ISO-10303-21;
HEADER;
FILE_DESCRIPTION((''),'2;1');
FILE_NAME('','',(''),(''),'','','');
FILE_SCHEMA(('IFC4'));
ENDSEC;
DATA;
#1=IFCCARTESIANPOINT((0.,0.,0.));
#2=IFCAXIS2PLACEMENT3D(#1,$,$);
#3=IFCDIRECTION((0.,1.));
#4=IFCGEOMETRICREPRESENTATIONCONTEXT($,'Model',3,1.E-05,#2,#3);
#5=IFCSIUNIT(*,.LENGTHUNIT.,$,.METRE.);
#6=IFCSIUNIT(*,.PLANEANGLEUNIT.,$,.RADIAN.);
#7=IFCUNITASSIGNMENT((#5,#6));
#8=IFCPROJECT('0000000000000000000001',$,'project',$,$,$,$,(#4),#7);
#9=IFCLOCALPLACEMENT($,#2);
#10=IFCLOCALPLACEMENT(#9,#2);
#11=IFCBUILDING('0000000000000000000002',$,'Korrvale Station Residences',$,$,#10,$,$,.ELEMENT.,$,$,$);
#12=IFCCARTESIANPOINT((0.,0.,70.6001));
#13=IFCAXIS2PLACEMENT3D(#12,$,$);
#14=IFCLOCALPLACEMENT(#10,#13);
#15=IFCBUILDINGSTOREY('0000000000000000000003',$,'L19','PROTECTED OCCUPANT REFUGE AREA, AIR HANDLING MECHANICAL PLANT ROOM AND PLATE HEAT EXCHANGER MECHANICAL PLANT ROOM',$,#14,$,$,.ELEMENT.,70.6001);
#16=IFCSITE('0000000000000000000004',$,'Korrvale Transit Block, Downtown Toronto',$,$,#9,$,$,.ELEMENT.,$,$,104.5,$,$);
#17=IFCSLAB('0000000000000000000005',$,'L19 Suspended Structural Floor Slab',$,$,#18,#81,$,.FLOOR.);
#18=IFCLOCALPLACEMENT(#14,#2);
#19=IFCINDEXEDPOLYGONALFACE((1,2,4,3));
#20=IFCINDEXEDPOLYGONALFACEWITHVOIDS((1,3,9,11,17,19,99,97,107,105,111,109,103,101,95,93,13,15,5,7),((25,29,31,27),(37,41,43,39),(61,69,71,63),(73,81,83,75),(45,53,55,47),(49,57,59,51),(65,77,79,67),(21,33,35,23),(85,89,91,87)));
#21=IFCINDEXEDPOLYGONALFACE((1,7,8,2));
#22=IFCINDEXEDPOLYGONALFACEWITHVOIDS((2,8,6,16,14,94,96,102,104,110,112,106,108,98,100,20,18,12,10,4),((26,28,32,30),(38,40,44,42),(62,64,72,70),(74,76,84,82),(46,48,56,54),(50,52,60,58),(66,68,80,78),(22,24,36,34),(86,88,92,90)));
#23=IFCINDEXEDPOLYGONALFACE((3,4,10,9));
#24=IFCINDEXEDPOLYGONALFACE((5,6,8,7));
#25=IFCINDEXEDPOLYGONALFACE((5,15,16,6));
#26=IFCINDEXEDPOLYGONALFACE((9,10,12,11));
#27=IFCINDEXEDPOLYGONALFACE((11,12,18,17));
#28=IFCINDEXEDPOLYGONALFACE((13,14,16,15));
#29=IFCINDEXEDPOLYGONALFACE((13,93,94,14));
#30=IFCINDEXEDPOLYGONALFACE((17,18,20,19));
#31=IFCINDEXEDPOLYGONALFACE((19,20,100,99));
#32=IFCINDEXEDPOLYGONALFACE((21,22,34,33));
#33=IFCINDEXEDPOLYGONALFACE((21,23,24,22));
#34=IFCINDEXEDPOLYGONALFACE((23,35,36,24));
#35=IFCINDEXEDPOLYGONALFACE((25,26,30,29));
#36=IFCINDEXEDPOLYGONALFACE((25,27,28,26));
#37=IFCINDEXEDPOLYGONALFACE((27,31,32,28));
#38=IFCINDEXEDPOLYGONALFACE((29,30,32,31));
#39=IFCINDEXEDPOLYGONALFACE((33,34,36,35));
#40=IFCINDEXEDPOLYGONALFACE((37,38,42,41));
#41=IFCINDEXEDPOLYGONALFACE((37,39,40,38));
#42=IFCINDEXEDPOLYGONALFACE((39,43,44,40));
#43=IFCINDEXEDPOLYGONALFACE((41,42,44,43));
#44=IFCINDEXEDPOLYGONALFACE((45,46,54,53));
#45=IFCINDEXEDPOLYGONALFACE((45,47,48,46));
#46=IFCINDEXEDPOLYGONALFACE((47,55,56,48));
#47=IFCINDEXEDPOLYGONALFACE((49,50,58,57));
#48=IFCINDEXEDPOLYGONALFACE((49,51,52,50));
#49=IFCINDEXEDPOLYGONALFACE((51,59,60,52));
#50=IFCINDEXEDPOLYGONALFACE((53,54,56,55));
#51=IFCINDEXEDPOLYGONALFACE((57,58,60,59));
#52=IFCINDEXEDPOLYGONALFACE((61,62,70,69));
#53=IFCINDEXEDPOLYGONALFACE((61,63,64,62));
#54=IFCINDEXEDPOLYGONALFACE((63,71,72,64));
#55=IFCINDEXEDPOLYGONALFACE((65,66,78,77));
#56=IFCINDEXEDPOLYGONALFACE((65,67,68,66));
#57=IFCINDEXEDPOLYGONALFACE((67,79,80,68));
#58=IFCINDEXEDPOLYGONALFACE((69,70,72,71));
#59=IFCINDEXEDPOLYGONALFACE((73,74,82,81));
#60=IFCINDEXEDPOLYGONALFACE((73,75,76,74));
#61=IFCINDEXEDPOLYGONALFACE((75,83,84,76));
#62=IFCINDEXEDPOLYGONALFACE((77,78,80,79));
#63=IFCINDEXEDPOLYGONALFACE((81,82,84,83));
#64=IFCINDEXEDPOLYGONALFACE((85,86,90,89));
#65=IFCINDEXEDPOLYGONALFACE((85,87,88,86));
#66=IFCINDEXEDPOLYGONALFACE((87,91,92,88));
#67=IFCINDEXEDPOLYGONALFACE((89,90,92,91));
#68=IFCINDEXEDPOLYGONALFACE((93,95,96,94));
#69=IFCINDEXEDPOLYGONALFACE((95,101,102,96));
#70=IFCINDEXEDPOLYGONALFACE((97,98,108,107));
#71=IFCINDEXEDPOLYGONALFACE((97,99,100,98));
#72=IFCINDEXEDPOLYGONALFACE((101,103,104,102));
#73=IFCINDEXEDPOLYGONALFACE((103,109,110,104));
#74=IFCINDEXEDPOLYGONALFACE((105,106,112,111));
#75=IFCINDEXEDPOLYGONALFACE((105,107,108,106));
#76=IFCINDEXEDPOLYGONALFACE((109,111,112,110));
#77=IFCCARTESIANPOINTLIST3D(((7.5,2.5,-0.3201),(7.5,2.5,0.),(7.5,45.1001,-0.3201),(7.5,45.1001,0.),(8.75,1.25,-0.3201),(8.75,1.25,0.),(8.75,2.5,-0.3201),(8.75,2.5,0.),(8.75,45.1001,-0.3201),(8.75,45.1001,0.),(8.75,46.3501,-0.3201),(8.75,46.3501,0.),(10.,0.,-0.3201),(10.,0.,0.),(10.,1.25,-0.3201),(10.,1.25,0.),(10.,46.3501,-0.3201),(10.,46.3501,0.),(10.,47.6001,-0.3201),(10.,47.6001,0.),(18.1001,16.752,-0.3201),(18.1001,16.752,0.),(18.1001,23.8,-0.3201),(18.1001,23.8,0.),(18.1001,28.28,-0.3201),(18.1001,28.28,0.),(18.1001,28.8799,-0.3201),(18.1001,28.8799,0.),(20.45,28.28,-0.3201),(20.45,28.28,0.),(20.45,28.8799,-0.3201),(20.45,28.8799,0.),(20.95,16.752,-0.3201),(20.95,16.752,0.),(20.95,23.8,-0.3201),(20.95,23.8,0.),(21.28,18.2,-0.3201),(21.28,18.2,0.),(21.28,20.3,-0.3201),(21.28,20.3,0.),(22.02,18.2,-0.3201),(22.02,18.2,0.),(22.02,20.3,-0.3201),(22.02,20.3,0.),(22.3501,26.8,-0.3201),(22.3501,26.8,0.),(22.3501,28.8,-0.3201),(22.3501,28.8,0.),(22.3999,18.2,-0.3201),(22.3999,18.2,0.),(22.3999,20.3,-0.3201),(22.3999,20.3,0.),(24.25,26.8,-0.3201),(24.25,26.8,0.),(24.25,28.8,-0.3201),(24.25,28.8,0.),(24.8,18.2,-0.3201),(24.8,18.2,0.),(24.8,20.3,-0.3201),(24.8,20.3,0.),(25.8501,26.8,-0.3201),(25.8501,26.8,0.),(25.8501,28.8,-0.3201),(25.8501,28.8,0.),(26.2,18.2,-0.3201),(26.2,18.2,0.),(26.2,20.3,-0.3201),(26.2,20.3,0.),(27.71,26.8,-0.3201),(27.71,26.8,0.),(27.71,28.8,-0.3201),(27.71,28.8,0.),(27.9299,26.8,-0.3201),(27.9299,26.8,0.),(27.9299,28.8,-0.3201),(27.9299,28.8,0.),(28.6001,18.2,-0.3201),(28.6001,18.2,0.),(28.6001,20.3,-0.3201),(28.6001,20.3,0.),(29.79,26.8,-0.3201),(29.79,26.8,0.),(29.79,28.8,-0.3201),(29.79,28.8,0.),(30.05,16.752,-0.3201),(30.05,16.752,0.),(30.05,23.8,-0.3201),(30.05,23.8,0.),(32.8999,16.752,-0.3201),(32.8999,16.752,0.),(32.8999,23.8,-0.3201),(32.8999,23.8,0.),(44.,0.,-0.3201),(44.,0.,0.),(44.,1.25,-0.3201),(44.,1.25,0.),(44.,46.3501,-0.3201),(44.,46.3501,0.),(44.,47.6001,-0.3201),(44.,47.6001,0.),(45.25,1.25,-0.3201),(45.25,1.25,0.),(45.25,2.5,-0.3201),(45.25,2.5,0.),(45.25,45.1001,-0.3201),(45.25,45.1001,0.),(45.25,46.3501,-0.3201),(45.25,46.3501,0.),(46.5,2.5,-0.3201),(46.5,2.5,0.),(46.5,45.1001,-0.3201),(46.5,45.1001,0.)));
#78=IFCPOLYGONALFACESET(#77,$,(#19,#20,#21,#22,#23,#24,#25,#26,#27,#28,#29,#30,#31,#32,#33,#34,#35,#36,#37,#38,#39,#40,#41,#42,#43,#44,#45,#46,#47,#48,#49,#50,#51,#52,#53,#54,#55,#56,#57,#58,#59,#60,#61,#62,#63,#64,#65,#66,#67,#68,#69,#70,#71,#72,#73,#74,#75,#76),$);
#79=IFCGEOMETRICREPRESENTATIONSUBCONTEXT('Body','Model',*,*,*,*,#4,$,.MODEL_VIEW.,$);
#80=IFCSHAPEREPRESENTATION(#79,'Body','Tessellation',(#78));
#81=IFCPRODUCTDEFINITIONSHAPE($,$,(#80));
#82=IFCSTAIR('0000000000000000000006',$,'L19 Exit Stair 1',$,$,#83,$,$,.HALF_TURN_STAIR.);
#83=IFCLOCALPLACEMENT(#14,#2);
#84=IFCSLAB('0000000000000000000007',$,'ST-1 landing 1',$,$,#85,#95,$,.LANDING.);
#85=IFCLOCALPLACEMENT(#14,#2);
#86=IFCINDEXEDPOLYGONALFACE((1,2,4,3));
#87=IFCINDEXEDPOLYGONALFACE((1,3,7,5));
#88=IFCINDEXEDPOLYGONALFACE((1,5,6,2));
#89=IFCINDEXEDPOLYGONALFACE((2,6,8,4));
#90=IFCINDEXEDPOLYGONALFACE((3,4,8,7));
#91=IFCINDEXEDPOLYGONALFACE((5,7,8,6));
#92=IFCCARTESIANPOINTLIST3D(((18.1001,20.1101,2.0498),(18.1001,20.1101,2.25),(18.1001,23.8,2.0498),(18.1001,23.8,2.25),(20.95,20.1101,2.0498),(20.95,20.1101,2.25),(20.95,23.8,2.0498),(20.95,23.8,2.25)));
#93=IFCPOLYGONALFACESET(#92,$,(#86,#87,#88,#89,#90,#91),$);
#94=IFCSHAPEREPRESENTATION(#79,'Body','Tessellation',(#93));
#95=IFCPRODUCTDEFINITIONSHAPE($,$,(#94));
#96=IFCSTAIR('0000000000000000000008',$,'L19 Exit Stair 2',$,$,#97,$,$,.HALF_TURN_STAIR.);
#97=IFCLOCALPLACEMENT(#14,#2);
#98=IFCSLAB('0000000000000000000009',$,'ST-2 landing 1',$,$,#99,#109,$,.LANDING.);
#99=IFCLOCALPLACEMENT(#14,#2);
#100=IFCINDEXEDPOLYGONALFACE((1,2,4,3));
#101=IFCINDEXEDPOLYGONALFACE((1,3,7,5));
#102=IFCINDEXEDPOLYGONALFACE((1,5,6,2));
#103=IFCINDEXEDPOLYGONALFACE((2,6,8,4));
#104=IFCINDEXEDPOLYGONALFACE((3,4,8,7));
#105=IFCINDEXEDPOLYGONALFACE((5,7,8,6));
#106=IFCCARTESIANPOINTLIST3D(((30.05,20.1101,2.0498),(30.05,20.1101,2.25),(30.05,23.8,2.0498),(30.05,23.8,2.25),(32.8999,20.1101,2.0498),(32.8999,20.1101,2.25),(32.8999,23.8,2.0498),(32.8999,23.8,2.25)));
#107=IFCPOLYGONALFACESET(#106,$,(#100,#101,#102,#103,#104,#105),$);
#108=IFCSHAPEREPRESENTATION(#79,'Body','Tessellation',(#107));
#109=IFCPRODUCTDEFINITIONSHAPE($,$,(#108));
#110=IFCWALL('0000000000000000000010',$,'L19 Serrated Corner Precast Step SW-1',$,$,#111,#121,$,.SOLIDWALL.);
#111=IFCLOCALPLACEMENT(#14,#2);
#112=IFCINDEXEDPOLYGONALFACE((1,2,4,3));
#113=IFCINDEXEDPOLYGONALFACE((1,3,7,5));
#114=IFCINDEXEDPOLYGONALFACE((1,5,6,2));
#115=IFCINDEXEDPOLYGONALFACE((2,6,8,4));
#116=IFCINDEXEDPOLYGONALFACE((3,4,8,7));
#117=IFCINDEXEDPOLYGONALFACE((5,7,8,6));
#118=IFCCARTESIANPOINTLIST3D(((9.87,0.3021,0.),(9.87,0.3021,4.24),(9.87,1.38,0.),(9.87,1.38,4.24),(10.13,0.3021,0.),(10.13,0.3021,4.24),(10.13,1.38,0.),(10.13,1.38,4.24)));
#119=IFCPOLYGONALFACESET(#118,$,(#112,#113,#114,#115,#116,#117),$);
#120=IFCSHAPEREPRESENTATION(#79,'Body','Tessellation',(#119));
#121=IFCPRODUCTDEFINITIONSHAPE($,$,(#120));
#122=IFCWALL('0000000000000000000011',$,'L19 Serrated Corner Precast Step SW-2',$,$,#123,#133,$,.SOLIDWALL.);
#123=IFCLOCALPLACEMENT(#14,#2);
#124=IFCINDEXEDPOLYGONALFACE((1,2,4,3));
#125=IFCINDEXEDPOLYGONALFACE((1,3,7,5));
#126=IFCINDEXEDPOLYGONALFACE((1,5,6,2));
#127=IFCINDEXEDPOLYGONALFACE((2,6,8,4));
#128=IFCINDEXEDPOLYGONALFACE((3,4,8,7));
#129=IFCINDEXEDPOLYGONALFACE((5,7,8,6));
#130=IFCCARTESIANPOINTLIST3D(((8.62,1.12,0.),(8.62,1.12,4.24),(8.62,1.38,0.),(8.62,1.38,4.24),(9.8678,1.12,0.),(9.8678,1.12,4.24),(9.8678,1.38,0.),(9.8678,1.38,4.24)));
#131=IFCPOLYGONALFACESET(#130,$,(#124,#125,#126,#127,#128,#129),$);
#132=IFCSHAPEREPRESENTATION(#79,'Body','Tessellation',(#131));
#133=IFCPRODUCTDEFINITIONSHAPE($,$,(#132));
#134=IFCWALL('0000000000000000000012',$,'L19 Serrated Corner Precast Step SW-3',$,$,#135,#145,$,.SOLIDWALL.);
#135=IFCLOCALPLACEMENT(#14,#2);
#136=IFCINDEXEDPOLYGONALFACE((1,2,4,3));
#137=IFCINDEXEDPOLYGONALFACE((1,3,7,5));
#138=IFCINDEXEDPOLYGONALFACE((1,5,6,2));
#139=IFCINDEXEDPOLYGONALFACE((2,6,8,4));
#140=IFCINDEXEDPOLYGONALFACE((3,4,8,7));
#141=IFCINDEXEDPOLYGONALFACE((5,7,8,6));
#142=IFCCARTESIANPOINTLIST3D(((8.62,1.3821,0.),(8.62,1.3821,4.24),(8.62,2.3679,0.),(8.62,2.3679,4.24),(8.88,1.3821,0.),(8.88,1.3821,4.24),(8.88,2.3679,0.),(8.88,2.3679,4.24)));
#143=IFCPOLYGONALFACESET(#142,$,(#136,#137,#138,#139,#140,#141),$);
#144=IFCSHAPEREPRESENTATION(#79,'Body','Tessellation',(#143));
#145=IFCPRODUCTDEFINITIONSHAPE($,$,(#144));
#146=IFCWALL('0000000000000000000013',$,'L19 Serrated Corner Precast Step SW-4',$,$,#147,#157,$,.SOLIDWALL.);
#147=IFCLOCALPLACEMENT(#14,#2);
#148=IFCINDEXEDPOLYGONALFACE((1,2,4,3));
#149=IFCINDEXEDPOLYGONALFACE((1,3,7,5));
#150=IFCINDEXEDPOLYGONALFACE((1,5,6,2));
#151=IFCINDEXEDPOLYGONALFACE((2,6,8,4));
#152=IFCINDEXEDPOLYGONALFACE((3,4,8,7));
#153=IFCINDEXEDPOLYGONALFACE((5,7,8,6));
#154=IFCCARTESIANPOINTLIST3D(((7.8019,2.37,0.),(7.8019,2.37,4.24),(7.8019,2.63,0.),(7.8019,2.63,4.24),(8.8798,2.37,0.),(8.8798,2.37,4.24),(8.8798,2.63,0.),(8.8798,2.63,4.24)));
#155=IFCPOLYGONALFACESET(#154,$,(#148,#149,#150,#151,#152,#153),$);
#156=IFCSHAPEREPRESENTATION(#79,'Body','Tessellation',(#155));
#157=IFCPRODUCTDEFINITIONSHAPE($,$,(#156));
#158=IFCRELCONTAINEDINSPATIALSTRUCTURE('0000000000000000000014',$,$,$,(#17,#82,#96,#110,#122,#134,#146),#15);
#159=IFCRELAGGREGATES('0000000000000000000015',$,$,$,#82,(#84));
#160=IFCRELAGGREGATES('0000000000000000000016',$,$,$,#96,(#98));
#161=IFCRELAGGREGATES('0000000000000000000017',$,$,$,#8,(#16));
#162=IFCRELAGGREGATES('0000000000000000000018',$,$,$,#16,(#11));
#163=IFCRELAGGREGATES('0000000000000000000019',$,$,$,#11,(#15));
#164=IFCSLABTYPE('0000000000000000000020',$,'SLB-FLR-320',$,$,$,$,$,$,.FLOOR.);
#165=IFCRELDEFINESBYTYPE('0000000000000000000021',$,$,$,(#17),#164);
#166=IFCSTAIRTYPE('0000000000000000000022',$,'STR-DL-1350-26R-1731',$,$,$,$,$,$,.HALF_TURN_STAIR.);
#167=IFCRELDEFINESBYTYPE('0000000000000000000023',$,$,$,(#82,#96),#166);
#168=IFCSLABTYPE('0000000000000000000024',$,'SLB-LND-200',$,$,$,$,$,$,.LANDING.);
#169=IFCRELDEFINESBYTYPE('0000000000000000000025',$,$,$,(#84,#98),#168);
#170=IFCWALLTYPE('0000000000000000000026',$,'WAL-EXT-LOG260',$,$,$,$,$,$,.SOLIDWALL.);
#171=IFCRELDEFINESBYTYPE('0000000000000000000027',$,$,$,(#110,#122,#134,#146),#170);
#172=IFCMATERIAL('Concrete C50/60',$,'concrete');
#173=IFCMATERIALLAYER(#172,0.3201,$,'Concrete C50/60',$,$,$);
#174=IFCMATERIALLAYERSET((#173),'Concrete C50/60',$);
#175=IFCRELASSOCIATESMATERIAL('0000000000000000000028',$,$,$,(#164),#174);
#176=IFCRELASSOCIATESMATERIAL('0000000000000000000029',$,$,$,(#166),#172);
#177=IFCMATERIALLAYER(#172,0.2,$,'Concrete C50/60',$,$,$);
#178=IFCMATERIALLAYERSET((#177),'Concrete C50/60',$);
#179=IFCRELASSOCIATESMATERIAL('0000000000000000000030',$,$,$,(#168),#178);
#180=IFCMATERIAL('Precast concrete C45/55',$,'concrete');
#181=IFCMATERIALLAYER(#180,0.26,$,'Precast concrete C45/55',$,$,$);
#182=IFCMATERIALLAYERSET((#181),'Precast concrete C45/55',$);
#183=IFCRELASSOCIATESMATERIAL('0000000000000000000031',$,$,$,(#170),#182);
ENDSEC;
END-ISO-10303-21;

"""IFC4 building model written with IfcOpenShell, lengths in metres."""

from ifc_helpers import new_model, si_unit, direction, frame, frame_2d, origin, place, context, subcontext, project, spatial, polyline, rectangle, outline, extrude, material, layer, layer_set, type_object, element, aggregate, save


model = new_model("IFC4")

# Units and contexts
model_context = context("Model", 3, precision=1e-05, world=origin(), true_north=direction((0.0, 1.0)))
body_context = subcontext(model_context, "Body", "Model", "MODEL_VIEW")
ifc_project = project(units=[si_unit("LENGTHUNIT", "METRE"), si_unit("PLANEANGLEUNIT", "RADIAN")], contexts=[model_context])

# Site, building, storey
site_placement = place(None, origin())
site = spatial("IfcSite", under=ifc_project, at=site_placement, Name="Korrvale Transit Block, Downtown Toronto", CompositionType="ELEMENT", RefElevation=104.5)
building_placement = place(site_placement, origin())
building = spatial("IfcBuilding", under=site, at=building_placement, Name="Korrvale Station Residences", CompositionType="ELEMENT")
storey_placement = place(building_placement, frame((0.0, 0.0, 70.6001)))
storey = spatial("IfcBuildingStorey", under=building, at=storey_placement, Name="L19", Description="PROTECTED OCCUPANT REFUGE AREA, AIR HANDLING MECHANICAL PLANT ROOM AND PLATE HEAT EXCHANGER MECHANICAL PLANT ROOM", CompositionType="ELEMENT", Elevation=70.6001)

# Slab
ifc_material_1 = material(Name="Concrete C50/60", Category="concrete")
ifc_layer_1 = layer(ifc_material_1, 0.3201, Name="Concrete C50/60")
ifc_layer_set_1 = layer_set([ifc_layer_1], Name="Concrete C50/60")
slab_type_1 = type_object("IfcSlabType", Name="SLB-FLR-320", PredefinedType="FLOOR", material=ifc_layer_set_1)
slab_1_placement = place(storey_placement, frame((0.0, 0.0, -0.3201)))
element("IfcSlab", 1, at=slab_1_placement, inside=storey, type_object=slab_type_1, Name="L19 Suspended Structural Floor Slab", PredefinedType="FLOOR", context=body_context, shape_type="SweptSolid", body=[
    extrude(outline(polyline([(10.0, 0.0), (44.0, 0.0), (44.0, 1.25), (45.25, 1.25), (45.25, 2.5), (46.5, 2.5), (46.5, 45.1001), (45.25, 45.1001), (45.25, 46.3501), (44.0, 46.3501), (44.0, 47.6001), (10.0, 47.6001), (10.0, 46.3501), (8.75, 46.3501), (8.75, 45.1001), (7.5, 45.1001), (7.5, 2.5), (8.75, 2.5), (8.75, 1.25), (10.0, 1.25), (10.0, 0.0)]), holes=[polyline([(20.95, 16.752), (20.95, 23.8), (18.1001, 23.8), (18.1001, 16.752), (20.95, 16.752)]), polyline([(32.8999, 16.752), (32.8999, 23.8), (30.05, 23.8), (30.05, 16.752), (32.8999, 16.752)]), polyline([(22.3501, 26.8), (24.25, 26.8), (24.25, 28.8), (22.3501, 28.8), (22.3501, 26.8)]), polyline([(25.8501, 26.8), (27.71, 26.8), (27.71, 28.8), (25.8501, 28.8), (25.8501, 26.8)]), polyline([(27.9299, 26.8), (29.79, 26.8), (29.79, 28.8), (27.9299, 28.8), (27.9299, 26.8)]), polyline([(22.3999, 18.2), (24.8, 18.2), (24.8, 20.3), (22.3999, 20.3), (22.3999, 18.2)]), polyline([(26.2, 18.2), (28.6001, 18.2), (28.6001, 20.3), (26.2, 20.3), (26.2, 18.2)]), polyline([(18.1001, 28.28), (20.45, 28.28), (20.45, 28.8799), (18.1001, 28.8799), (18.1001, 28.28)]), polyline([(21.28, 18.2), (22.02, 18.2), (22.02, 20.3), (21.28, 20.3), (21.28, 18.2)])]), origin(), (0.0, 0.0, 1.0), 0.3201),
])

# Stairs, slabs
stair_type = type_object("IfcStairType", Name="STR-DL-1350-26R-1731", PredefinedType="HALF_TURN_STAIR", material=ifc_material_1)
stair_1_placement = place(storey_placement, origin())
stair_1 = element("IfcStair", 2, at=stair_1_placement, inside=storey, type_object=stair_type, Name="L19 Exit Stair 1", PredefinedType="HALF_TURN_STAIR")
ifc_layer_2 = layer(ifc_material_1, 0.2, Name="Concrete C50/60")
ifc_layer_set_2 = layer_set([ifc_layer_2], Name="Concrete C50/60")
slab_type_2 = type_object("IfcSlabType", Name="SLB-LND-200", PredefinedType="LANDING", material=ifc_layer_set_2)
slab_2_placement = place(storey_placement, frame((0.0, 0.0, 2.0498)))
slab_2 = element("IfcSlab", 3, at=slab_2_placement, type_object=slab_type_2, Name="ST-1 landing 1", PredefinedType="LANDING", context=body_context, shape_type="SweptSolid", body=[
    extrude(outline(polyline([(20.95, 20.1101), (20.95, 23.8), (18.1001, 23.8), (18.1001, 20.1101), (20.95, 20.1101)])), origin(), (0.0, 0.0, 1.0), 0.2002),
])
aggregate(stair_1, [slab_2])
stair_2_placement = place(storey_placement, origin())
stair_2 = element("IfcStair", 4, at=stair_2_placement, inside=storey, type_object=stair_type, Name="L19 Exit Stair 2", PredefinedType="HALF_TURN_STAIR")
slab_3_placement = place(storey_placement, frame((0.0, 0.0, 2.0498)))
slab_3 = element("IfcSlab", 5, at=slab_3_placement, type_object=slab_type_2, Name="ST-2 landing 1", PredefinedType="LANDING", context=body_context, shape_type="SweptSolid", body=[
    extrude(outline(polyline([(32.8999, 20.1101), (32.8999, 23.8), (30.05, 23.8), (30.05, 20.1101), (32.8999, 20.1101)])), origin(), (0.0, 0.0, 1.0), 0.2002),
])
aggregate(stair_2, [slab_3])

# Walls
ifc_material_2 = material(Name="Precast concrete C45/55", Category="concrete")
ifc_layer_3 = layer(ifc_material_2, 0.26, Name="Precast concrete C45/55")
ifc_layer_set_3 = layer_set([ifc_layer_3], Name="Precast concrete C45/55")
wall_type = type_object("IfcWallType", Name="WAL-EXT-LOG260", PredefinedType="SOLIDWALL", material=ifc_layer_set_3)
wall_1_placement = place(storey_placement, frame((10.0, 0.302, 0.0), z_axis=(0.0, 0.0, 1.0), x_axis=(0.0, 1.0, 0.0)))
element("IfcWall", 6, at=wall_1_placement, inside=storey, type_object=wall_type, Name="L19 Serrated Corner Precast Step SW-1", PredefinedType="SOLIDWALL", context=body_context, shape_type="SweptSolid", body=[
    extrude(rectangle(XDim=1.0779, YDim=0.26, at=frame_2d((0.5391, 0.0))), origin(), (0.0, 0.0, 1.0), 4.24),
])
wall_2_placement = place(storey_placement, frame((9.8679, 1.25, 0.0), z_axis=(0.0, 0.0, 1.0), x_axis=(-1.0, 0.0, 0.0)))
element("IfcWall", 7, at=wall_2_placement, inside=storey, type_object=wall_type, Name="L19 Serrated Corner Precast Step SW-2", PredefinedType="SOLIDWALL", context=body_context, shape_type="SweptSolid", body=[
    extrude(rectangle(XDim=1.2478, YDim=0.26, at=frame_2d((0.624, 0.0))), origin(), (0.0, 0.0, 1.0), 4.24),
])
wall_3_placement = place(storey_placement, frame((8.75, 1.3821, 0.0), z_axis=(0.0, 0.0, 1.0), x_axis=(0.0, 1.0, 0.0)))
element("IfcWall", 8, at=wall_3_placement, inside=storey, type_object=wall_type, Name="L19 Serrated Corner Precast Step SW-3", PredefinedType="SOLIDWALL", context=body_context, shape_type="SweptSolid", body=[
    extrude(rectangle(XDim=0.9858, YDim=0.26, at=frame_2d((0.4929, 0.0))), origin(), (0.0, 0.0, 1.0), 4.24),
])
wall_4_placement = place(storey_placement, frame((8.8799, 2.5, 0.0), z_axis=(0.0, 0.0, 1.0), x_axis=(-1.0, 0.0, 0.0)))
element("IfcWall", 9, at=wall_4_placement, inside=storey, type_object=wall_type, Name="L19 Serrated Corner Precast Step SW-4", PredefinedType="SOLIDWALL", context=body_context, shape_type="SweptSolid", body=[
    extrude(rectangle(XDim=1.0779, YDim=0.26, at=frame_2d((0.5391, 0.0))), origin(), (0.0, 0.0, 1.0), 4.24),
])

save(model, "model.ifc")
